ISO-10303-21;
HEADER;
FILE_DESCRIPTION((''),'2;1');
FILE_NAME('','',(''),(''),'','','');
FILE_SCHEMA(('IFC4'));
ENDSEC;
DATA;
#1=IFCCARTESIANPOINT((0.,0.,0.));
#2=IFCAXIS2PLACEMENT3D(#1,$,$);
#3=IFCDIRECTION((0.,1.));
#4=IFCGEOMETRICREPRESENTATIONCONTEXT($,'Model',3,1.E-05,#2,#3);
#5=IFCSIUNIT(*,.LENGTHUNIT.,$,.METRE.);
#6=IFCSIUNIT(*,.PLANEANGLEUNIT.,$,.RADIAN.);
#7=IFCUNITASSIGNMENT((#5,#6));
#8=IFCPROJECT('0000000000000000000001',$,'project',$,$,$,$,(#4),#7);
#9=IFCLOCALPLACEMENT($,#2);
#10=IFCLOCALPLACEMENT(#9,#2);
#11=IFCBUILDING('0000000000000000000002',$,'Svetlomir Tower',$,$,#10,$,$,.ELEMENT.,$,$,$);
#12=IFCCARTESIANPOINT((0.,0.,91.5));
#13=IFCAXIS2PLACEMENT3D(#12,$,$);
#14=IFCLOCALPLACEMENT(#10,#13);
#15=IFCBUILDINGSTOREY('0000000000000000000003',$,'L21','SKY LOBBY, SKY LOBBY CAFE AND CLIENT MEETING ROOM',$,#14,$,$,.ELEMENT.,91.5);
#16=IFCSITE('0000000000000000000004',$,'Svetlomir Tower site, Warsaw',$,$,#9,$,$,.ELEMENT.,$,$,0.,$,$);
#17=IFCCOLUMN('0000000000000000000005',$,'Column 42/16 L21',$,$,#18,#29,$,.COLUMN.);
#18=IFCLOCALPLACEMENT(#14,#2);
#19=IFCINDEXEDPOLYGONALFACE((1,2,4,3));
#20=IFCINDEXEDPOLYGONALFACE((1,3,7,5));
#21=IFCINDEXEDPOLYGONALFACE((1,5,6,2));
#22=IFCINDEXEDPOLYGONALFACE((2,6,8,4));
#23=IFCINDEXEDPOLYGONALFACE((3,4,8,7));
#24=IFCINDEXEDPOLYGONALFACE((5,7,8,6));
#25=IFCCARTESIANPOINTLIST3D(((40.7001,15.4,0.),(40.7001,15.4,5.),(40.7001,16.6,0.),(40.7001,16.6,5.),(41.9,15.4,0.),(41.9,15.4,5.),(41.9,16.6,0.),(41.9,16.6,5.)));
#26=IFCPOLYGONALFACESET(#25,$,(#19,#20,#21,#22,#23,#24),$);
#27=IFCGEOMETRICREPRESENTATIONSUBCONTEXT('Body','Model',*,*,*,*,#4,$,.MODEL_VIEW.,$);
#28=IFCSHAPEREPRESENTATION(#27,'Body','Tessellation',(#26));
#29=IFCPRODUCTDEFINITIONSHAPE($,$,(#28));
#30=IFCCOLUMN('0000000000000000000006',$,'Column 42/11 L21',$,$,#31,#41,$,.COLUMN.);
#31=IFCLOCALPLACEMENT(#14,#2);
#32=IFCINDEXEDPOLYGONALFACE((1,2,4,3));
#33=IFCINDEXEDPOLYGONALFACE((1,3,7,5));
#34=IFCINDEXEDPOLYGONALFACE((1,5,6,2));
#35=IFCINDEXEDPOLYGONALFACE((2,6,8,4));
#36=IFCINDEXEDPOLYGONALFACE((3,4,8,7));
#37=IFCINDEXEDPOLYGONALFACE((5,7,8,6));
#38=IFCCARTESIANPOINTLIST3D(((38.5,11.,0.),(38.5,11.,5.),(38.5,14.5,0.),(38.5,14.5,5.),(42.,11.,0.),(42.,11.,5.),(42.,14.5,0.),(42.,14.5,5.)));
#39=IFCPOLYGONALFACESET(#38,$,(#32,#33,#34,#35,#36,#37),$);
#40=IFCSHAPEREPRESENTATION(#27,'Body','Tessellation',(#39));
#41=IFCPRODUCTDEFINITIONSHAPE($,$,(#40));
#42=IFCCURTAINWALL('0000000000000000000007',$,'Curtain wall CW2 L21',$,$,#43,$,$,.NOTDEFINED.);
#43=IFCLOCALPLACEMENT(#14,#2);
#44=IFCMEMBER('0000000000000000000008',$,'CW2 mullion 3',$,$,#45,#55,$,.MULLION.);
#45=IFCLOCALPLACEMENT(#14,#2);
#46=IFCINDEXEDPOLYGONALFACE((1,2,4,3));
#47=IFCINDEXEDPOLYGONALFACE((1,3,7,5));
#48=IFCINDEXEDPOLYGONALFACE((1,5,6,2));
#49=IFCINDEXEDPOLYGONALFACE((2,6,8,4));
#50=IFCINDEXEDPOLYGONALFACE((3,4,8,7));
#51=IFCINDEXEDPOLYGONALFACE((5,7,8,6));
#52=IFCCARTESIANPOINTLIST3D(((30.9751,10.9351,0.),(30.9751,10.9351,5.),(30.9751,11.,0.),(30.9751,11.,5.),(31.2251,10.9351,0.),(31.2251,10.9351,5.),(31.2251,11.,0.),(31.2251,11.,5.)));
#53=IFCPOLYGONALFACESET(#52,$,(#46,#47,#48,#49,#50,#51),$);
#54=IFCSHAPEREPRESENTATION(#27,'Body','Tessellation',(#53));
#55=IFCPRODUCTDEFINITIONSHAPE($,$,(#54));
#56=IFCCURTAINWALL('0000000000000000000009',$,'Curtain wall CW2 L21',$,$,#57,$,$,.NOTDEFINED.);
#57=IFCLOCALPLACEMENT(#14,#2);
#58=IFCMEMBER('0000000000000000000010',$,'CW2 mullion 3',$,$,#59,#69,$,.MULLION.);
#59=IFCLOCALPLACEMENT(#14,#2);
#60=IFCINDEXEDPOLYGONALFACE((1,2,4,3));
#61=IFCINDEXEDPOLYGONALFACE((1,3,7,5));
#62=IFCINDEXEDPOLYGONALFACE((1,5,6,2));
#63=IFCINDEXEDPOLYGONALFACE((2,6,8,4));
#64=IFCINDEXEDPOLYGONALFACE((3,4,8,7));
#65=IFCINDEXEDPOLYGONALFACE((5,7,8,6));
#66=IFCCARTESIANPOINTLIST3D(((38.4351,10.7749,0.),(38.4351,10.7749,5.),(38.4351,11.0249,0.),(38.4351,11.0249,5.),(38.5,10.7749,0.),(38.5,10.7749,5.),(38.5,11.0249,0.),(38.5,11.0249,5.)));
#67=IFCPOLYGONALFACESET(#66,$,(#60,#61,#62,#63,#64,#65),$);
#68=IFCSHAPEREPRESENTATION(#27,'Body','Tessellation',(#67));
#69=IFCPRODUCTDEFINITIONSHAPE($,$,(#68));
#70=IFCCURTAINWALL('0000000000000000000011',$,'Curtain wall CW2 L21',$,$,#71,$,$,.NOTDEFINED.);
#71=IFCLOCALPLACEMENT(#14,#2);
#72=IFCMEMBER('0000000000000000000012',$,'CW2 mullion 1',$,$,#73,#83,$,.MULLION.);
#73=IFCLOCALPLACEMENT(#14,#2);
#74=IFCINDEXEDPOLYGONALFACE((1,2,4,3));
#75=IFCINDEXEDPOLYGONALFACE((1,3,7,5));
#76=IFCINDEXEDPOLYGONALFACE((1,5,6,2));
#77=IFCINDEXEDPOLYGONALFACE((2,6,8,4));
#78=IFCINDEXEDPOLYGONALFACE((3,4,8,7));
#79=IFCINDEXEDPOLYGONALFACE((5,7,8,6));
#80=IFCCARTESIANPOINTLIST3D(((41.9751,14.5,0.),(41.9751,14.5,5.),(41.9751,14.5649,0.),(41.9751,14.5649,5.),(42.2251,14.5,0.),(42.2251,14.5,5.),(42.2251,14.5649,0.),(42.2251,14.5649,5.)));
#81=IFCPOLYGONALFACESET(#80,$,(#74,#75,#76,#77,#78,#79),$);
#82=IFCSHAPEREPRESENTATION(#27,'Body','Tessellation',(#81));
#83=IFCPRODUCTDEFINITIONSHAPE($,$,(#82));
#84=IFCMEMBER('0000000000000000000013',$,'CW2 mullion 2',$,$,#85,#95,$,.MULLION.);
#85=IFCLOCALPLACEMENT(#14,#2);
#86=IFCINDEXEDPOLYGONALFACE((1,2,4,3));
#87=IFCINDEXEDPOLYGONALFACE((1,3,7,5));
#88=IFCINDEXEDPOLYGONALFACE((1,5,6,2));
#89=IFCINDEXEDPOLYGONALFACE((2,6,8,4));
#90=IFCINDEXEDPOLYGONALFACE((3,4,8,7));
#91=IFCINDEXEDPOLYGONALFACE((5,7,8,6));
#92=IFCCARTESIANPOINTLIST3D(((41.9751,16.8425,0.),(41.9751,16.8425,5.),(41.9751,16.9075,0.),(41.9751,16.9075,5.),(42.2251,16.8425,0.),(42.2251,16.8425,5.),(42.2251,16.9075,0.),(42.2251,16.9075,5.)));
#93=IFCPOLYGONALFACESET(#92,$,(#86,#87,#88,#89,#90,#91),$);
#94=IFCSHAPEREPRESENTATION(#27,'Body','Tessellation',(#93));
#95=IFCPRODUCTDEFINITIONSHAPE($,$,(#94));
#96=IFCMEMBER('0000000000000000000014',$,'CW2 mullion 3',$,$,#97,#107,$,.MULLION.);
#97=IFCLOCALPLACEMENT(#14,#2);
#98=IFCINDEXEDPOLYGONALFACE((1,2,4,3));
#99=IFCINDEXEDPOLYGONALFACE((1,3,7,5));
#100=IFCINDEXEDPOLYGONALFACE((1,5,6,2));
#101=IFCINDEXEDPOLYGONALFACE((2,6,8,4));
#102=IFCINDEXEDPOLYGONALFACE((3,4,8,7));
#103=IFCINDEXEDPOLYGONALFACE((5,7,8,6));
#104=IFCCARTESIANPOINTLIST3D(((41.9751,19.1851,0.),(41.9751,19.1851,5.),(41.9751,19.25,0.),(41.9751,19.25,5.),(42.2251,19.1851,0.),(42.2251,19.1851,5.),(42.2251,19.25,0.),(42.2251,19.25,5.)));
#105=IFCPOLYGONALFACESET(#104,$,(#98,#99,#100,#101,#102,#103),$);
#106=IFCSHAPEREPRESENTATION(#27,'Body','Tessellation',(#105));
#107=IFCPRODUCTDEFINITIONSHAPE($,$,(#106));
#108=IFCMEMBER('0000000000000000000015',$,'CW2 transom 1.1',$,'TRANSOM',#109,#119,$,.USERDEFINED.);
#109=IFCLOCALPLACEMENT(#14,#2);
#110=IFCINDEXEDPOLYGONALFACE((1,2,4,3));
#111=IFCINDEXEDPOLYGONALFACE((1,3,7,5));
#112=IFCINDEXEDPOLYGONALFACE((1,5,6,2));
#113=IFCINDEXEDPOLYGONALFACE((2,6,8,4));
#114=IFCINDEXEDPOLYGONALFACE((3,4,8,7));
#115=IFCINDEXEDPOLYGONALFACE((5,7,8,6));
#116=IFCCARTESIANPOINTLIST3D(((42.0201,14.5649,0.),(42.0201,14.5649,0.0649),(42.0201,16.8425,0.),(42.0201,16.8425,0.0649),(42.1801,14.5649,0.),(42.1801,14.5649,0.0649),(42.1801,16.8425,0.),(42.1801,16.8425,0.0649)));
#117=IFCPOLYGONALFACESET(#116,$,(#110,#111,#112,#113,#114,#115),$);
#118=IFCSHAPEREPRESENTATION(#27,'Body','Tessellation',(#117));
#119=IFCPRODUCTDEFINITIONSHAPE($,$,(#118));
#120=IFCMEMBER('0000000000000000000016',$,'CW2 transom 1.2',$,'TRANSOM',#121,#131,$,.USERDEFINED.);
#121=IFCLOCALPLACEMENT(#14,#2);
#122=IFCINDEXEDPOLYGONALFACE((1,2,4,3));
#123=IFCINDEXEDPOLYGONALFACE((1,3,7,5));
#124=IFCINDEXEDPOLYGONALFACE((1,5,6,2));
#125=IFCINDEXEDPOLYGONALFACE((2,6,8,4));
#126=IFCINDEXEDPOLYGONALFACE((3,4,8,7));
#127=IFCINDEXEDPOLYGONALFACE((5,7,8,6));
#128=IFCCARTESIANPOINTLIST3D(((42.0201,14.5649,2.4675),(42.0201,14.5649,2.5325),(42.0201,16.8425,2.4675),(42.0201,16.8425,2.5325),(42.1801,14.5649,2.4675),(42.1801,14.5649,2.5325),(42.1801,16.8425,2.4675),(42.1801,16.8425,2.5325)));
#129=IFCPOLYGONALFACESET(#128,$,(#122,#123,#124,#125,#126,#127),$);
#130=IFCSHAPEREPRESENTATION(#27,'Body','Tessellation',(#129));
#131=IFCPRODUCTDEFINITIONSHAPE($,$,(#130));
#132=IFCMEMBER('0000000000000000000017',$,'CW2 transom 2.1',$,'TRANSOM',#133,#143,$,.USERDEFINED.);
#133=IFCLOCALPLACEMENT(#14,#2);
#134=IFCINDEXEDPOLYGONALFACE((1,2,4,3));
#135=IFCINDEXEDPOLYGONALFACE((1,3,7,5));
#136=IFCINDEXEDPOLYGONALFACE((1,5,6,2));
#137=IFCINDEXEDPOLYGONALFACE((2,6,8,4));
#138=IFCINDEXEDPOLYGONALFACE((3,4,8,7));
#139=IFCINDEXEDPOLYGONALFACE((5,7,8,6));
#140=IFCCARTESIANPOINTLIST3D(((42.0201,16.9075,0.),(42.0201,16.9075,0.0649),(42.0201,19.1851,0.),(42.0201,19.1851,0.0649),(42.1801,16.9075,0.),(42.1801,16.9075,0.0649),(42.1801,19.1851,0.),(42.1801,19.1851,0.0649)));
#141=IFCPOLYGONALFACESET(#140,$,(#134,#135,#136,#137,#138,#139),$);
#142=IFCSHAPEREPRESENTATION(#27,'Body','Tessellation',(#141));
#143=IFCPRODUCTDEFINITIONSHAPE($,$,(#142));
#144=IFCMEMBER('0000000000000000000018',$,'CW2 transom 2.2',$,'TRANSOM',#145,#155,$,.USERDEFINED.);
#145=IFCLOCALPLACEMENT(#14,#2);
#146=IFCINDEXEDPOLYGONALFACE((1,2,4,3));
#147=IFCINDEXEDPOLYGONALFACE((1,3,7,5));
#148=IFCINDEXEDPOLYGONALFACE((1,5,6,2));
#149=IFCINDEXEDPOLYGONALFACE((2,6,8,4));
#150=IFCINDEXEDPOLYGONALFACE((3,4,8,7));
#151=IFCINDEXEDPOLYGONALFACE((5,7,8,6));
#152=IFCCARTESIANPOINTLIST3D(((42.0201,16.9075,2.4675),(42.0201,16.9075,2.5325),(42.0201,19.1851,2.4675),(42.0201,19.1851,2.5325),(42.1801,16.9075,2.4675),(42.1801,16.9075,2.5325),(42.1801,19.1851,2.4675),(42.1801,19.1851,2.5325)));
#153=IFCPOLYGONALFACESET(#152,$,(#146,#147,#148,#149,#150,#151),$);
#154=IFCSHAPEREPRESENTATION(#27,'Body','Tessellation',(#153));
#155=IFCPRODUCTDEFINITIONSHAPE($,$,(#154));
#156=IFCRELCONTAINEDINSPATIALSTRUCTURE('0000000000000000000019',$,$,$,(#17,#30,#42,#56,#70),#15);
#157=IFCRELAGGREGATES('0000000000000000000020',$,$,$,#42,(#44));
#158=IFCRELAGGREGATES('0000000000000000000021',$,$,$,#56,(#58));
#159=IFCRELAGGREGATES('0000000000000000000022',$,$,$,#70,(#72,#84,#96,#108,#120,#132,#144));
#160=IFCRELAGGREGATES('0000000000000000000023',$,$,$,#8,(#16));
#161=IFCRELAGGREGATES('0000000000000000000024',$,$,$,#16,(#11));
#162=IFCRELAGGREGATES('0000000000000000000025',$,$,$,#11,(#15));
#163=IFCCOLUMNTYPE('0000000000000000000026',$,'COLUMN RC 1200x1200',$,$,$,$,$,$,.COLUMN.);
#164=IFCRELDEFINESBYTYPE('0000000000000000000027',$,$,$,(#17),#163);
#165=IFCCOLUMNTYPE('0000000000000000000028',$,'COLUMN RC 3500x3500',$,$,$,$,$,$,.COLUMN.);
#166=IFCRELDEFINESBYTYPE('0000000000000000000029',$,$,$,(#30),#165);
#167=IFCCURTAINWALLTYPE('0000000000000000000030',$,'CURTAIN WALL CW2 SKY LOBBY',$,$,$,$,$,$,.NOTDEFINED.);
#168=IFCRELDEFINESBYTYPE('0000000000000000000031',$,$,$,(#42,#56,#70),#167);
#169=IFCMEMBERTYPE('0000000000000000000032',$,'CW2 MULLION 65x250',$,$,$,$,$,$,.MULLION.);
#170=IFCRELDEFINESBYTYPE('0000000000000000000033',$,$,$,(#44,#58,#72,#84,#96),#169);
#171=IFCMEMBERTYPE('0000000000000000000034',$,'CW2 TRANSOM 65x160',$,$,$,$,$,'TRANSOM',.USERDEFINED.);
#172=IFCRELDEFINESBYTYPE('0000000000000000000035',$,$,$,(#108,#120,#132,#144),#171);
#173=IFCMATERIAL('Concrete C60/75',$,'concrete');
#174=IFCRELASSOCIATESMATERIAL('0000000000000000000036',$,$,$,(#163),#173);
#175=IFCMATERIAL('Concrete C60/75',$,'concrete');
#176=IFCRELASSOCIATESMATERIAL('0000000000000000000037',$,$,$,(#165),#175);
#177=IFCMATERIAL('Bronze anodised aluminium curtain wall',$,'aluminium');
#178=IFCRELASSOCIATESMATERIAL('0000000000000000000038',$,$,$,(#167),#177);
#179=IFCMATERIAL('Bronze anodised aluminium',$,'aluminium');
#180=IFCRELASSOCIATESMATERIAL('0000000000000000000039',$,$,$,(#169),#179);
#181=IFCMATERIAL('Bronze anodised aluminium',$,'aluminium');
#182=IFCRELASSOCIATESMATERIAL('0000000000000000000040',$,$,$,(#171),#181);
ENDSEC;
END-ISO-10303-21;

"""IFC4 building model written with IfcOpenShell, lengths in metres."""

from ifc_helpers import new_model, si_unit, direction, frame, origin, origin_2d, place, context, subcontext, project, spatial, rectangle, extrude, material, material_profile, profile_set, type_object, element, aggregate, save


model = new_model("IFC4")

# Units and contexts
model_context = context("Model", 3, precision=1e-05, world=origin(), true_north=direction((0.0, 1.0)))
body_context = subcontext(model_context, "Body", "Model", "MODEL_VIEW")
ifc_project = project(units=[si_unit("LENGTHUNIT", "METRE"), si_unit("PLANEANGLEUNIT", "RADIAN")], contexts=[model_context])

# Site, building, storey
site_placement = place(None, origin())
site = spatial("IfcSite", under=ifc_project, at=site_placement, Name="Svetlomir Tower site, Warsaw", CompositionType="ELEMENT", RefElevation=0.0)
building_placement = place(site_placement, origin())
building = spatial("IfcBuilding", under=site, at=building_placement, Name="Svetlomir Tower", CompositionType="ELEMENT")
storey_placement = place(building_placement, frame((0.0, 0.0, 91.5)))
storey = spatial("IfcBuildingStorey", under=building, at=storey_placement, Name="L21", Description="SKY LOBBY, SKY LOBBY CAFE AND CLIENT MEETING ROOM", CompositionType="ELEMENT", Elevation=91.5)

# Columns
ifc_material_1 = material(Name="Concrete C60/75", Category="concrete")
ifc_material_profile_1 = material_profile(ifc_material_1, rectangle(XDim=1.2, YDim=1.2, at=origin_2d()), Name="RC 1200x1200")
ifc_profile_set_1 = profile_set([ifc_material_profile_1], Name="Concrete C60/75")
column_type_1 = type_object("IfcColumnType", Name="COLUMN RC 1200x1200", PredefinedType="COLUMN", material=ifc_profile_set_1)
column_1_placement = place(storey_placement, frame((41.3, 16.0, 0.0), z_axis=(0.0, 0.0, 1.0), x_axis=(1.0, 0.0, 0.0)))
element("IfcColumn", 1, at=column_1_placement, inside=storey, type_object=column_type_1, Name="Column 42/16 L21", PredefinedType="COLUMN", context=body_context, shape_type="SweptSolid", body=[
    extrude(rectangle(XDim=1.2, YDim=1.2, at=origin_2d()), origin(), (0.0, 0.0, 1.0), 5.0),
])
ifc_material_2 = material(Name="Concrete C60/75", Category="concrete")
ifc_material_profile_2 = material_profile(ifc_material_2, rectangle(XDim=3.5, YDim=3.5, at=origin_2d()), Name="RC 3500x3500")
ifc_profile_set_2 = profile_set([ifc_material_profile_2], Name="Concrete C60/75")
column_type_2 = type_object("IfcColumnType", Name="COLUMN RC 3500x3500", PredefinedType="COLUMN", material=ifc_profile_set_2)
column_2_placement = place(storey_placement, frame((40.25, 12.75, 0.0), z_axis=(0.0, 0.0, 1.0), x_axis=(1.0, 0.0, 0.0)))
element("IfcColumn", 2, at=column_2_placement, inside=storey, type_object=column_type_2, Name="Column 42/11 L21", PredefinedType="COLUMN", context=body_context, shape_type="SweptSolid", body=[
    extrude(rectangle(XDim=3.5, YDim=3.5, at=origin_2d()), origin(), (0.0, 0.0, 1.0), 5.0),
])

# Curtain walls, members
ifc_material_3 = material(Name="Bronze anodised aluminium curtain wall", Category="aluminium")
curtain_wall_type = type_object("IfcCurtainWallType", Name="CURTAIN WALL CW2 SKY LOBBY", PredefinedType="NOTDEFINED", material=ifc_material_3)
curtain_wall_1_placement = place(storey_placement, origin())
curtain_wall_1 = element("IfcCurtainWall", 3, at=curtain_wall_1_placement, inside=storey, type_object=curtain_wall_type, Name="Curtain wall CW2 L21", PredefinedType="NOTDEFINED")
ifc_material_4 = material(Name="Bronze anodised aluminium", Category="aluminium")
ifc_material_profile_3 = material_profile(ifc_material_4, rectangle(XDim=0.0649, YDim=0.25, at=origin_2d()), Name="AL 65x250")
ifc_profile_set_3 = profile_set([ifc_material_profile_3], Name="Bronze anodised aluminium 6063-T6")
member_type_1 = type_object("IfcMemberType", Name="CW2 MULLION 65x250", PredefinedType="MULLION", material=ifc_profile_set_3)
member_1_placement = place(storey_placement, frame((31.1001, 10.9675, 0.0), z_axis=(0.0, 0.0, 1.0), x_axis=(0.0, 1.0, 0.0)))
member_1 = element("IfcMember", 4, at=member_1_placement, type_object=member_type_1, Name="CW2 mullion 3", PredefinedType="MULLION", context=body_context, shape_type="SweptSolid", body=[
    extrude(rectangle(XDim=0.0649, YDim=0.25, at=origin_2d()), origin(), (0.0, 0.0, 1.0), 5.0),
])
aggregate(curtain_wall_1, [member_1])
curtain_wall_2_placement = place(storey_placement, origin())
curtain_wall_2 = element("IfcCurtainWall", 5, at=curtain_wall_2_placement, inside=storey, type_object=curtain_wall_type, Name="Curtain wall CW2 L21", PredefinedType="NOTDEFINED")
member_2_placement = place(storey_placement, frame((38.4675, 10.8999, 0.0), z_axis=(0.0, 0.0, 1.0), x_axis=(1.0, 0.0, 0.0)))
member_2 = element("IfcMember", 6, at=member_2_placement, type_object=member_type_1, Name="CW2 mullion 3", PredefinedType="MULLION", context=body_context, shape_type="SweptSolid", body=[
    extrude(rectangle(XDim=0.0649, YDim=0.25, at=origin_2d()), origin(), (0.0, 0.0, 1.0), 5.0),
])
aggregate(curtain_wall_2, [member_2])

# Curtain wall, members
curtain_wall_3_placement = place(storey_placement, origin())
curtain_wall_3 = element("IfcCurtainWall", 7, at=curtain_wall_3_placement, inside=storey, type_object=curtain_wall_type, Name="Curtain wall CW2 L21", PredefinedType="NOTDEFINED")
member_3_placement = place(storey_placement, frame((42.1001, 14.5325, 0.0), z_axis=(0.0, 0.0, 1.0), x_axis=(0.0, 1.0, 0.0)))
member_3 = element("IfcMember", 8, at=member_3_placement, type_object=member_type_1, Name="CW2 mullion 1", PredefinedType="MULLION", context=body_context, shape_type="SweptSolid", body=[
    extrude(rectangle(XDim=0.0649, YDim=0.25, at=origin_2d()), origin(), (0.0, 0.0, 1.0), 5.0),
])
member_4_placement = place(storey_placement, frame((42.1001, 16.875, 0.0), z_axis=(0.0, 0.0, 1.0), x_axis=(0.0, 1.0, 0.0)))
member_4 = element("IfcMember", 9, at=member_4_placement, type_object=member_type_1, Name="CW2 mullion 2", PredefinedType="MULLION", context=body_context, shape_type="SweptSolid", body=[
    extrude(rectangle(XDim=0.0649, YDim=0.25, at=origin_2d()), origin(), (0.0, 0.0, 1.0), 5.0),
])
member_5_placement = place(storey_placement, frame((42.1001, 19.2175, 0.0), z_axis=(0.0, 0.0, 1.0), x_axis=(0.0, 1.0, 0.0)))
member_5 = element("IfcMember", 10, at=member_5_placement, type_object=member_type_1, Name="CW2 mullion 3", PredefinedType="MULLION", context=body_context, shape_type="SweptSolid", body=[
    extrude(rectangle(XDim=0.0649, YDim=0.25, at=origin_2d()), origin(), (0.0, 0.0, 1.0), 5.0),
])
ifc_material_5 = material(Name="Bronze anodised aluminium", Category="aluminium")
ifc_material_profile_4 = material_profile(ifc_material_5, rectangle(XDim=0.1599, YDim=0.0649, at=origin_2d()), Name="AL 160x65")
ifc_profile_set_4 = profile_set([ifc_material_profile_4], Name="Bronze anodised aluminium 6063-T6")
member_type_2 = type_object("IfcMemberType", Name="CW2 TRANSOM 65x160", ElementType="TRANSOM", PredefinedType="USERDEFINED", material=ifc_profile_set_4)
member_6_placement = place(storey_placement, frame((42.1001, 14.5649, 0.0325), z_axis=(0.0, 1.0, 0.0), x_axis=(-1.0, 0.0, 0.0)))
member_6 = element("IfcMember", 11, at=member_6_placement, type_object=member_type_2, Name="CW2 transom 1.1", ObjectType="TRANSOM", PredefinedType="USERDEFINED", context=body_context, shape_type="SweptSolid", body=[
    extrude(rectangle(XDim=0.1599, YDim=0.0649, at=origin_2d()), origin(), (0.0, 0.0, 1.0), 2.2776),
])
member_7_placement = place(storey_placement, frame((42.1001, 14.5649, 2.5), z_axis=(0.0, 1.0, 0.0), x_axis=(-1.0, 0.0, 0.0)))
member_7 = element("IfcMember", 12, at=member_7_placement, type_object=member_type_2, Name="CW2 transom 1.2", ObjectType="TRANSOM", PredefinedType="USERDEFINED", context=body_context, shape_type="SweptSolid", body=[
    extrude(rectangle(XDim=0.1599, YDim=0.0649, at=origin_2d()), origin(), (0.0, 0.0, 1.0), 2.2776),
])
member_8_placement = place(storey_placement, frame((42.1001, 16.9075, 0.0325), z_axis=(0.0, 1.0, 0.0), x_axis=(-1.0, 0.0, 0.0)))
member_8 = element("IfcMember", 13, at=member_8_placement, type_object=member_type_2, Name="CW2 transom 2.1", ObjectType="TRANSOM", PredefinedType="USERDEFINED", context=body_context, shape_type="SweptSolid", body=[
    extrude(rectangle(XDim=0.1599, YDim=0.0649, at=origin_2d()), origin(), (0.0, 0.0, 1.0), 2.2776),
])
member_9_placement = place(storey_placement, frame((42.1001, 16.9075, 2.5), z_axis=(0.0, 1.0, 0.0), x_axis=(-1.0, 0.0, 0.0)))
member_9 = element("IfcMember", 14, at=member_9_placement, type_object=member_type_2, Name="CW2 transom 2.2", ObjectType="TRANSOM", PredefinedType="USERDEFINED", context=body_context, shape_type="SweptSolid", body=[
    extrude(rectangle(XDim=0.1599, YDim=0.0649, at=origin_2d()), origin(), (0.0, 0.0, 1.0), 2.2776),
])

aggregate(curtain_wall_3, [member_3, member_4, member_5, member_6, member_7, member_8, member_9])

save(model, "model.ifc")
